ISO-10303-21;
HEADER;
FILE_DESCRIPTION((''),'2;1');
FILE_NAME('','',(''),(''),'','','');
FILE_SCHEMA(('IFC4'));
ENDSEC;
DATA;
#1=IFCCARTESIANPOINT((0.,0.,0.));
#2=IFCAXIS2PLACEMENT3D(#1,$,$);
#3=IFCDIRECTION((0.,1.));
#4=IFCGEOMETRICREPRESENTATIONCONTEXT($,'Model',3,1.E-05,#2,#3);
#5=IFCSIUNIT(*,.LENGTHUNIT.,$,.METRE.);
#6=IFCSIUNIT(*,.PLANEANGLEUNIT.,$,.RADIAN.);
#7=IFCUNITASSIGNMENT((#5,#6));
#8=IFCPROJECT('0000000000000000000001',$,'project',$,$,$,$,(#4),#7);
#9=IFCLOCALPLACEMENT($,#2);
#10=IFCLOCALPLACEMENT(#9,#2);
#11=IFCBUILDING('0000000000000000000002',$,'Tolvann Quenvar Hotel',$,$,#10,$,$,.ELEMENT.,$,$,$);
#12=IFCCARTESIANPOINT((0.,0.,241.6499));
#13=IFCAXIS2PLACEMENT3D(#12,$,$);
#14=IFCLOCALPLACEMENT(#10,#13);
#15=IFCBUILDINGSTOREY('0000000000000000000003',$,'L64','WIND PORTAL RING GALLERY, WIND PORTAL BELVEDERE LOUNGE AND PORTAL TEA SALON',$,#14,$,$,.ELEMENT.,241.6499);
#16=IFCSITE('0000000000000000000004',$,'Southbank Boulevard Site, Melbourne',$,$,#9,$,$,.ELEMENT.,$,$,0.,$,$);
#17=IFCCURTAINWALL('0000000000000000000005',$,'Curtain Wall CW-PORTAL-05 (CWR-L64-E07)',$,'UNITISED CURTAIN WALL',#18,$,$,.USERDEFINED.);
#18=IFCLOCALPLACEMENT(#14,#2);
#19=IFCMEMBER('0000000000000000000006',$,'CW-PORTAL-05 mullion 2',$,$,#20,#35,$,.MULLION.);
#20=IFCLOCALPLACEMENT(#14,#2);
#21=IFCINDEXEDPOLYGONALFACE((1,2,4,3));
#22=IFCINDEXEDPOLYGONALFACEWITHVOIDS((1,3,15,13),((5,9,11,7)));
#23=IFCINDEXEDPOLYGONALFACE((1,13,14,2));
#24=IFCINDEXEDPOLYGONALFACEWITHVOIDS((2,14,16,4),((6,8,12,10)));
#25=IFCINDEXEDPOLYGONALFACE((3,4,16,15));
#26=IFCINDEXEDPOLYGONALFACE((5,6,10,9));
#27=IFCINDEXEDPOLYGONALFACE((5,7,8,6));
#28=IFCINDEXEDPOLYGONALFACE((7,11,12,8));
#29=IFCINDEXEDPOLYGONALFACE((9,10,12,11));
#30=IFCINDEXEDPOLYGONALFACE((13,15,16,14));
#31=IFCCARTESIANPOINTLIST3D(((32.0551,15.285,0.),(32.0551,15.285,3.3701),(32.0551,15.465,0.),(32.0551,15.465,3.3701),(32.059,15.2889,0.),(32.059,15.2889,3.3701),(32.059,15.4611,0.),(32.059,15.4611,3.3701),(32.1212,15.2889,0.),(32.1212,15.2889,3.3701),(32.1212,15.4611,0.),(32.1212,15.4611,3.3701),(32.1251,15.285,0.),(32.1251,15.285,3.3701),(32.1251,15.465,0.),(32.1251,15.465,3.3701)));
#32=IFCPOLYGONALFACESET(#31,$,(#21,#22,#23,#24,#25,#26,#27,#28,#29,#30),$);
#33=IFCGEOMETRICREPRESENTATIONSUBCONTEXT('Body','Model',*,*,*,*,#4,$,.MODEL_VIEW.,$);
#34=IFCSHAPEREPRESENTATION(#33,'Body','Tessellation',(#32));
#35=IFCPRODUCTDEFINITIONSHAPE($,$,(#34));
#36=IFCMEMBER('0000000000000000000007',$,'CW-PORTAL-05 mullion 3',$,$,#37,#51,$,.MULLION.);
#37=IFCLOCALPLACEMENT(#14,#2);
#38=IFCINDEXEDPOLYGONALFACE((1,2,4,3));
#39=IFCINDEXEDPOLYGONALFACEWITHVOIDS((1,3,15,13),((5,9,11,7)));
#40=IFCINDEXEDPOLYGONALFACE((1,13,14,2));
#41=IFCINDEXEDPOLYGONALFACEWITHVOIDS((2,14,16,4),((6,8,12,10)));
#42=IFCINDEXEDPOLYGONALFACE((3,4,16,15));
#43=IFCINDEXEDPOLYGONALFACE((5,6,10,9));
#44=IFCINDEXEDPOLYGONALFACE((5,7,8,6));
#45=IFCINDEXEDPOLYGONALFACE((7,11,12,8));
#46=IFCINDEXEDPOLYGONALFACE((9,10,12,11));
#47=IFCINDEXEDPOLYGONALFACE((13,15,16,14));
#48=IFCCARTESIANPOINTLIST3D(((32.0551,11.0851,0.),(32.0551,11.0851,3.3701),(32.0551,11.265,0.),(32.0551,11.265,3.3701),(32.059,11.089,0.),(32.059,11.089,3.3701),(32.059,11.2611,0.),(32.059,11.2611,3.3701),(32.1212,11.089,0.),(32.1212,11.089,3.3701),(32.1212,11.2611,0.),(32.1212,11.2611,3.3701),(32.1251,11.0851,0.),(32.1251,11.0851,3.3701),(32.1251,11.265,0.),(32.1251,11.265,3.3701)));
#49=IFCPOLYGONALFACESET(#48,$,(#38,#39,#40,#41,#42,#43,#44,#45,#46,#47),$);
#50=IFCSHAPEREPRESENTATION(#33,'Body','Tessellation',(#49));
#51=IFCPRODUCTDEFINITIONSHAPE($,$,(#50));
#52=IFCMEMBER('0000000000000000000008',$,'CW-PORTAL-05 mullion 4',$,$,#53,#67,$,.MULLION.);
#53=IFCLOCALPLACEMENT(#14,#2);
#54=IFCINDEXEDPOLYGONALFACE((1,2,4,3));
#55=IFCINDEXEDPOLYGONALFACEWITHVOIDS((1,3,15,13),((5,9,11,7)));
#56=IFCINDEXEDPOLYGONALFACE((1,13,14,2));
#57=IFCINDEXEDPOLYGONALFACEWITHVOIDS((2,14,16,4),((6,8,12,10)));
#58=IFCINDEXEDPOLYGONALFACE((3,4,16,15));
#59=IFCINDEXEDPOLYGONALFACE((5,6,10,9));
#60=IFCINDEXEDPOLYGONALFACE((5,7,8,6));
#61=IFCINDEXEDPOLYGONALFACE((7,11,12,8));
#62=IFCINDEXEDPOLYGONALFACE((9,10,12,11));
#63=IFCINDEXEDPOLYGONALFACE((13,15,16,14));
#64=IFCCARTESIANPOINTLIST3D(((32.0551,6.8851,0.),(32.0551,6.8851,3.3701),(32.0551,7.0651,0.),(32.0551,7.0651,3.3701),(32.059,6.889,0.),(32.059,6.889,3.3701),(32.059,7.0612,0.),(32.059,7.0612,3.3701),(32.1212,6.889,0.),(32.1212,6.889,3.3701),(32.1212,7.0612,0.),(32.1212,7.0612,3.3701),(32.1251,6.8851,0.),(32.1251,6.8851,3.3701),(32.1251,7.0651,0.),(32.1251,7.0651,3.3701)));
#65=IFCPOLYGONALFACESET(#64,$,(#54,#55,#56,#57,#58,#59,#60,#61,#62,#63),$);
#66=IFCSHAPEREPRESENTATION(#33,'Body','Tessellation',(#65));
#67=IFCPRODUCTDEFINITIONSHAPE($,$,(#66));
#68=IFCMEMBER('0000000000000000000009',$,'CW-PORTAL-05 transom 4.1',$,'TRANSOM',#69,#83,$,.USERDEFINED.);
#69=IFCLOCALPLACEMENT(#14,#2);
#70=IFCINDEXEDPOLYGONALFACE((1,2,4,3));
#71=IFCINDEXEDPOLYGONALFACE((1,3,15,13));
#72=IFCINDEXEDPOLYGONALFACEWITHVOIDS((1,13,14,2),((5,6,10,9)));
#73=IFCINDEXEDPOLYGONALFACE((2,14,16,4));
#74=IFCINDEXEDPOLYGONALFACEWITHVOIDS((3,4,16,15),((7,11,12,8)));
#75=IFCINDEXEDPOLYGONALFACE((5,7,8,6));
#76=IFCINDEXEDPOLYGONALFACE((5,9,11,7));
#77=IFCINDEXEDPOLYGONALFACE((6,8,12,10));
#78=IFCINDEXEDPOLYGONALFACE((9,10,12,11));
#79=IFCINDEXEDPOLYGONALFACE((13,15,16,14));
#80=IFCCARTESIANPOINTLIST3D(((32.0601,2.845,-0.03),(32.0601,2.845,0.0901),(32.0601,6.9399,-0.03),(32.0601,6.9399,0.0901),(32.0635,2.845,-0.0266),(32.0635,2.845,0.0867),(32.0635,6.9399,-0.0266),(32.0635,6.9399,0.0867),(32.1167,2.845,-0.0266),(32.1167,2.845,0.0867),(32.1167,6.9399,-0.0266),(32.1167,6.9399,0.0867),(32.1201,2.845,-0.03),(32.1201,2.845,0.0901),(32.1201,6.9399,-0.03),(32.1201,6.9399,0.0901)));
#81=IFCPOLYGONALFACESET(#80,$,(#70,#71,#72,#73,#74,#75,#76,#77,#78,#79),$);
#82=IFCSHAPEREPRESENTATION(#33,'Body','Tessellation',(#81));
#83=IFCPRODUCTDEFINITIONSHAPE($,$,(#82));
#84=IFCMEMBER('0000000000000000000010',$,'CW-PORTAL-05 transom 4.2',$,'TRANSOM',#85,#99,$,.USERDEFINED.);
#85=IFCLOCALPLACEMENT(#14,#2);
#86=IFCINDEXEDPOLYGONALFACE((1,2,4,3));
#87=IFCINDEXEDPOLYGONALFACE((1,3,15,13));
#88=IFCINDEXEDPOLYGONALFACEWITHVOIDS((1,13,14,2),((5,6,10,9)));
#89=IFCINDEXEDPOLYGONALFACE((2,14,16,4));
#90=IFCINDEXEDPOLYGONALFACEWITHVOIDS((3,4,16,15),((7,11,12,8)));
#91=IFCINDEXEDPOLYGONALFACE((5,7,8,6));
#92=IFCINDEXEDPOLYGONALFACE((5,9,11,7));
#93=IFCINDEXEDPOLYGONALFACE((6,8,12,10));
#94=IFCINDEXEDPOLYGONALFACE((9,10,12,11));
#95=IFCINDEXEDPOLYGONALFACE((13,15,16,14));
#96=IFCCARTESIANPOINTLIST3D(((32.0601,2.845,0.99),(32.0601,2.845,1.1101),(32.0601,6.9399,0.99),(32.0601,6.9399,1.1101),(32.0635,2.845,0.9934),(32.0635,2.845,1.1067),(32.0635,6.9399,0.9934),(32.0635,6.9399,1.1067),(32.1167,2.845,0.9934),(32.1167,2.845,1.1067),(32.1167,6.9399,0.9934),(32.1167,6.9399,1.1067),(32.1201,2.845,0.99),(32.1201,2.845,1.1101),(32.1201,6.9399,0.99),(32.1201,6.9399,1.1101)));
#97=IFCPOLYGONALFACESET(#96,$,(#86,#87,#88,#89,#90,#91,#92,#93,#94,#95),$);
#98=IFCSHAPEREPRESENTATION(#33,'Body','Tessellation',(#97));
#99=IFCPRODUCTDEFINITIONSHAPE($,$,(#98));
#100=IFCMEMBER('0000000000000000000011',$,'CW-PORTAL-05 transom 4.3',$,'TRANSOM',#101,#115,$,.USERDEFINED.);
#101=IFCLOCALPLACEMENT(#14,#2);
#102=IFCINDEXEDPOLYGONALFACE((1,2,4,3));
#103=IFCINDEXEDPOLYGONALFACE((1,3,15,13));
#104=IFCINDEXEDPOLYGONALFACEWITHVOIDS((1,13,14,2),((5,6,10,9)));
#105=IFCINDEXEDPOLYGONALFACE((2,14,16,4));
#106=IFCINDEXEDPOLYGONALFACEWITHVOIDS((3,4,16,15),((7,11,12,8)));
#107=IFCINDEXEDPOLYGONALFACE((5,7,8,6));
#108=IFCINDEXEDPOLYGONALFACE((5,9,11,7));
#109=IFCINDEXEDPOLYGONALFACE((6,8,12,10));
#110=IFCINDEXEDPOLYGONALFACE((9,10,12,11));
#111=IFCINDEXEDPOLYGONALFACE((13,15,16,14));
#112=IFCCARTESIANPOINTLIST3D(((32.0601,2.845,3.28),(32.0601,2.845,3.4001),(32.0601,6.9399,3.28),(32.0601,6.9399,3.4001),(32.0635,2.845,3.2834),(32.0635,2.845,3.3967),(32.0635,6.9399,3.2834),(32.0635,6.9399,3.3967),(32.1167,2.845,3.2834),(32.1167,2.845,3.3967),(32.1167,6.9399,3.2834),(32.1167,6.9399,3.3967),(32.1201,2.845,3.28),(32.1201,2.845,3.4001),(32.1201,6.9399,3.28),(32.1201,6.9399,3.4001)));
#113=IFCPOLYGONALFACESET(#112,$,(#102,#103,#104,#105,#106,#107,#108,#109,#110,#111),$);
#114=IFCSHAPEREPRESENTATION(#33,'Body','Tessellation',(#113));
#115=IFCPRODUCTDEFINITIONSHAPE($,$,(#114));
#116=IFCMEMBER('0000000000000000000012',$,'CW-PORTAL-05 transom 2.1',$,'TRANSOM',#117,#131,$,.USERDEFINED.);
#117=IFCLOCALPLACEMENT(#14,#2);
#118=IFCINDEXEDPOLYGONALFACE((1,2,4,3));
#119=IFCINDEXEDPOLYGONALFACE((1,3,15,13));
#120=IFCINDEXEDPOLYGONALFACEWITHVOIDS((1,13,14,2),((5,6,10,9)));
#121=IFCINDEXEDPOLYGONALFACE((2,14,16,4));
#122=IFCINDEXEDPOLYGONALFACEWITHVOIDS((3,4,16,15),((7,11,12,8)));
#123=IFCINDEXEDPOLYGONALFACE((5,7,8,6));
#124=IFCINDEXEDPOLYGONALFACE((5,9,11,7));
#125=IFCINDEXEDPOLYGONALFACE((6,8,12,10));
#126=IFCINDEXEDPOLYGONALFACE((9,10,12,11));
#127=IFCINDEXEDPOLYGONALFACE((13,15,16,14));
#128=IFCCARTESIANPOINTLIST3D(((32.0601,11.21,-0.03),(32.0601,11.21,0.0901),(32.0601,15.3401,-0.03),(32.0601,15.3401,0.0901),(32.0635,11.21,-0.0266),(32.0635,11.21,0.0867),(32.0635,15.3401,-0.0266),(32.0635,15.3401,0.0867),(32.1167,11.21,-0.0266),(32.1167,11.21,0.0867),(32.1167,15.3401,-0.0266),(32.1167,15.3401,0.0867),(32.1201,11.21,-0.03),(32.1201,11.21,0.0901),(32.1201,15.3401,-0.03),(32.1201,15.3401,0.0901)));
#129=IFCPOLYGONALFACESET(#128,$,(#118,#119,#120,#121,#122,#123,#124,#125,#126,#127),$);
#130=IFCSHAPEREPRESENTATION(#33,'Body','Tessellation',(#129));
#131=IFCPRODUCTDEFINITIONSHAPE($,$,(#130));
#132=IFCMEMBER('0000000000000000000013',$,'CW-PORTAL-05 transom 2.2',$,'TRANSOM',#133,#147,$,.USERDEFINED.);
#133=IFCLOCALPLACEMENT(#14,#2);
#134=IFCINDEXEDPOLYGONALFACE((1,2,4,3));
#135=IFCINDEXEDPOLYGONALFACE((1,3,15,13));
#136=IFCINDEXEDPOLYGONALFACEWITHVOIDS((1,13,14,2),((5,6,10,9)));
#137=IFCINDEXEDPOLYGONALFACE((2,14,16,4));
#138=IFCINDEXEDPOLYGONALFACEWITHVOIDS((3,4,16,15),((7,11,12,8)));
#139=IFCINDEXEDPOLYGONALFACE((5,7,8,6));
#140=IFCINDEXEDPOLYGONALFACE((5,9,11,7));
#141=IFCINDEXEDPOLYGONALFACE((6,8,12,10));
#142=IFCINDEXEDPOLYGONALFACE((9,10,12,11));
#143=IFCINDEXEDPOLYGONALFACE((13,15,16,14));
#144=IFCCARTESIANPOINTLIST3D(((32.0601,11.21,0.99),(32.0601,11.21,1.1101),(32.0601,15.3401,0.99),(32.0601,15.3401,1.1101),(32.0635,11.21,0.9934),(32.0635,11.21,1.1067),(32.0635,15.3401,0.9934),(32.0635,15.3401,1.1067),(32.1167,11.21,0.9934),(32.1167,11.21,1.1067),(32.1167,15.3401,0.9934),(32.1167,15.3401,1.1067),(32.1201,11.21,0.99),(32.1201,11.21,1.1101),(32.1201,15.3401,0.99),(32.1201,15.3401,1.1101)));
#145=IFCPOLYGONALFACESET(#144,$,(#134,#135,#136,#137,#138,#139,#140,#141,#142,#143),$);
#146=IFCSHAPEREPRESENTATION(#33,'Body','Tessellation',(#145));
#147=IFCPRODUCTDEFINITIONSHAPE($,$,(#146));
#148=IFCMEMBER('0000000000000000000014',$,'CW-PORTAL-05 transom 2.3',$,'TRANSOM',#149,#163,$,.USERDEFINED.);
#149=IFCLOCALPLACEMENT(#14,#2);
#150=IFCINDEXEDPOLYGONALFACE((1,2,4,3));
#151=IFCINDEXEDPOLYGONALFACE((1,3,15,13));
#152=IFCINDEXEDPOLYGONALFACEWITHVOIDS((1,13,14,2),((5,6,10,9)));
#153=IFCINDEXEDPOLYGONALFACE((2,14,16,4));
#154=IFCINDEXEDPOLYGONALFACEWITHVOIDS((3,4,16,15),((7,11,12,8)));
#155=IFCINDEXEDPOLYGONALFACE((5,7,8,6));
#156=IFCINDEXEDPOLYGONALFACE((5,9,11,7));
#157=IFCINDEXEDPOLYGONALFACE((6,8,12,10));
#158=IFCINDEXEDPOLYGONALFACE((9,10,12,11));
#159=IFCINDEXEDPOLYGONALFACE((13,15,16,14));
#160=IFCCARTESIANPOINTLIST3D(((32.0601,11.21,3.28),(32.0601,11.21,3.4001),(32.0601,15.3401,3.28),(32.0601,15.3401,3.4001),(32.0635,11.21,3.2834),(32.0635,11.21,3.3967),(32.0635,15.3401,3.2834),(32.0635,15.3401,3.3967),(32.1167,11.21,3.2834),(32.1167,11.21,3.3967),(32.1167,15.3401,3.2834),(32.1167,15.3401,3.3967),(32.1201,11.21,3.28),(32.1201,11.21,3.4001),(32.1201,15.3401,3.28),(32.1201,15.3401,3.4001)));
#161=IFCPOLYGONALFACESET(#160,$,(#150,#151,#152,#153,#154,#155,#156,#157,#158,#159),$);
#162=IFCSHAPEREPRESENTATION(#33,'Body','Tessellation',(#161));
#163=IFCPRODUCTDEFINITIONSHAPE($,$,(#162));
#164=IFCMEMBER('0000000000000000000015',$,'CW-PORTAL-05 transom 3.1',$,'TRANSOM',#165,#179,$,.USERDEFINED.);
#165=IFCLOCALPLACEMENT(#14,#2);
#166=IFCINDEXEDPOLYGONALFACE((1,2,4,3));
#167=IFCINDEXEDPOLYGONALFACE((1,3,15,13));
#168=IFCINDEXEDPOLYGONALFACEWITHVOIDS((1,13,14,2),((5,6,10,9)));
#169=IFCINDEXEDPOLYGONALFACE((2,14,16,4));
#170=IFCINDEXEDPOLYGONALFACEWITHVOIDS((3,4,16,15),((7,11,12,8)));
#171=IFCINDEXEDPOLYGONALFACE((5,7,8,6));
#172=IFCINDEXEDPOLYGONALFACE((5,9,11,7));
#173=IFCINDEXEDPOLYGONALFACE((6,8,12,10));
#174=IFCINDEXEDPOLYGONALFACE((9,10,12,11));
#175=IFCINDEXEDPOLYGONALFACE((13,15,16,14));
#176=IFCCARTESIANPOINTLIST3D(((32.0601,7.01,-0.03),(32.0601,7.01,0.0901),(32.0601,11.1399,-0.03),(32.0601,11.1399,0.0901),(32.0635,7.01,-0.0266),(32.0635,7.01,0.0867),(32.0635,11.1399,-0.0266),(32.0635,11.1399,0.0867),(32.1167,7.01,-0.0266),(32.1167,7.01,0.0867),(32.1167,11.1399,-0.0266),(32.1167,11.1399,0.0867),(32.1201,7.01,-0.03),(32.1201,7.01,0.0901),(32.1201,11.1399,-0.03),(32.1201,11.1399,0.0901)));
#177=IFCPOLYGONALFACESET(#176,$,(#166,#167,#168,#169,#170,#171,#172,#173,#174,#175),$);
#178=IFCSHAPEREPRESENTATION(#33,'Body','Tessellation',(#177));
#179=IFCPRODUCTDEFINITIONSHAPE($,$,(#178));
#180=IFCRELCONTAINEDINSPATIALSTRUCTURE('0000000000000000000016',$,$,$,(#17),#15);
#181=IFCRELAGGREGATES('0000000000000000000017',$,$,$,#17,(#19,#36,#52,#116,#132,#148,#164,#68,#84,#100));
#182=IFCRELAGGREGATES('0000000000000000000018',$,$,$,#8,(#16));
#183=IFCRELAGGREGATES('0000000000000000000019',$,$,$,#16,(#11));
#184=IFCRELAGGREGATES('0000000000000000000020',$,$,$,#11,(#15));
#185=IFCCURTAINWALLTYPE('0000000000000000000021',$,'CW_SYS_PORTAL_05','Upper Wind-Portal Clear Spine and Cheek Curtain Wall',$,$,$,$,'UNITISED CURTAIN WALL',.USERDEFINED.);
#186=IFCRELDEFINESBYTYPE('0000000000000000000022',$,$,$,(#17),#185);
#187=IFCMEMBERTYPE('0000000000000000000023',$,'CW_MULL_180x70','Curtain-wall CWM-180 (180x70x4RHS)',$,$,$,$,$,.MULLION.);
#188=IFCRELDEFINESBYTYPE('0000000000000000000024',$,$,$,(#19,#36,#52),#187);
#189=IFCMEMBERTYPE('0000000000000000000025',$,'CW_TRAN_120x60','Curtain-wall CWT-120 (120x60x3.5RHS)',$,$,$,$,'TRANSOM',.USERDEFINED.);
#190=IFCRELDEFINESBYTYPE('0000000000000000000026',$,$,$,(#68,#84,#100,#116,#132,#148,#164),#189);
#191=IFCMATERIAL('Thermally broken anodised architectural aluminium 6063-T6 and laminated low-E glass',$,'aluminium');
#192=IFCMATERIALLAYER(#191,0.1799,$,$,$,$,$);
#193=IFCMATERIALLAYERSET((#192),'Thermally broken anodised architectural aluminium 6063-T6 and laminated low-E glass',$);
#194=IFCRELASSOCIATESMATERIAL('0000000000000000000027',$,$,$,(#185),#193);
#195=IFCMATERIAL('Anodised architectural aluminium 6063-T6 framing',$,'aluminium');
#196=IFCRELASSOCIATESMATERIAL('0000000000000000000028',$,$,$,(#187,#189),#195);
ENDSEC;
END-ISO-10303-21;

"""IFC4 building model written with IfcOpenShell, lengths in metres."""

from ifc_helpers import new_model, si_unit, direction, frame, origin, origin_2d, place, context, subcontext, project, spatial, hollow_rectangle, extrude, source, transform, mapped, material, layer, layer_set, material_profile, profile_set, type_object, type_shapes, element, aggregate, save


model = new_model("IFC4")

# Units and contexts
model_context = context("Model", 3, precision=1e-05, world=origin(), true_north=direction((0.0, 1.0)))
body_context = subcontext(model_context, "Body", "Model", "MODEL_VIEW")
ifc_project = project(units=[si_unit("LENGTHUNIT", "METRE"), si_unit("PLANEANGLEUNIT", "RADIAN")], contexts=[model_context])

# Site, building, storey
site_placement = place(None, origin())
site = spatial("IfcSite", under=ifc_project, at=site_placement, Name="Southbank Boulevard Site, Melbourne", CompositionType="ELEMENT", RefElevation=0.0)
building_placement = place(site_placement, origin())
building = spatial("IfcBuilding", under=site, at=building_placement, Name="Tolvann Quenvar Hotel", CompositionType="ELEMENT")
storey_placement = place(building_placement, frame((0.0, 0.0, 241.6499)))
storey = spatial("IfcBuildingStorey", under=building, at=storey_placement, Name="L64", Description="WIND PORTAL RING GALLERY, WIND PORTAL BELVEDERE LOUNGE AND PORTAL TEA SALON", CompositionType="ELEMENT", Elevation=241.6499)

# Curtain wall, members
ifc_material_1 = material(Name="Thermally broken anodised architectural aluminium 6063-T6 and laminated low-E glass", Category="aluminium")
ifc_layer_1 = layer(ifc_material_1, 0.1799)
ifc_layer_set_1 = layer_set([ifc_layer_1], Name="Thermally broken anodised architectural aluminium 6063-T6 and laminated low-E glass")
curtain_wall_type = type_object("IfcCurtainWallType", Name="CW_SYS_PORTAL_05", Description="Upper Wind-Portal Clear Spine and Cheek Curtain Wall", ElementType="UNITISED CURTAIN WALL", PredefinedType="USERDEFINED", material=ifc_layer_set_1)
curtain_wall_placement = place(storey_placement, origin())
curtain_wall = element("IfcCurtainWall", 1, at=curtain_wall_placement, inside=storey, type_object=curtain_wall_type, Name="Curtain Wall CW-PORTAL-05 (CWR-L64-E07)", ObjectType="UNITISED CURTAIN WALL", PredefinedType="USERDEFINED")
ifc_material_2 = material(Name="Anodised architectural aluminium 6063-T6 framing", Category="aluminium")
ifc_material_profile_1 = material_profile(ifc_material_2, hollow_rectangle(XDim=0.0701, YDim=0.1799, WallThickness=0.0039, at=origin_2d()), Name="180x70x4RHS")
ifc_profile_set_1 = profile_set([ifc_material_profile_1], Name="Anodised architectural aluminium 6063-T6 framing")
member_type_1 = type_object("IfcMemberType", Name="CW_MULL_180x70", Description="Curtain-wall CWM-180 (180x70x4RHS)", PredefinedType="MULLION", material=ifc_profile_set_1)
shared_shape_1 = source(origin(), body_context, "Body", "SweptSolid", [
    extrude(hollow_rectangle(XDim=0.0701, YDim=0.1799, WallThickness=0.0039, at=origin_2d()), origin(), (0.0, 0.0, 1.0), 3.3701),
])
type_shapes(member_type_1, [shared_shape_1])
member_1_placement = place(storey_placement, frame((32.0901, 15.375, 0.0), z_axis=(0.0, 0.0, 1.0), x_axis=(1.0, 0.0, 0.0)))
member_1 = element("IfcMember", 2, at=member_1_placement, type_object=member_type_1, Name="CW-PORTAL-05 mullion 2", PredefinedType="MULLION", context=body_context, shape_type="MappedRepresentation", body=[
    mapped(shared_shape_1, transform((0.0, 0.0, 0.0), x_axis=(1.0, 0.0, 0.0), y_axis=(0.0, 1.0, 0.0), z_axis=(0.0, 0.0, 1.0), scale=1.0)),
])
member_2_placement = place(storey_placement, frame((32.0901, 11.175, 0.0), z_axis=(0.0, 0.0, 1.0), x_axis=(1.0, 0.0, 0.0)))
member_2 = element("IfcMember", 3, at=member_2_placement, type_object=member_type_1, Name="CW-PORTAL-05 mullion 3", PredefinedType="MULLION", context=body_context, shape_type="MappedRepresentation", body=[
    mapped(shared_shape_1, transform((0.0, 0.0, 0.0), x_axis=(1.0, 0.0, 0.0), y_axis=(0.0, 1.0, 0.0), z_axis=(0.0, 0.0, 1.0), scale=1.0)),
])
member_3_placement = place(storey_placement, frame((32.0901, 6.9751, 0.0), z_axis=(0.0, 0.0, 1.0), x_axis=(1.0, 0.0, 0.0)))
member_3 = element("IfcMember", 4, at=member_3_placement, type_object=member_type_1, Name="CW-PORTAL-05 mullion 4", PredefinedType="MULLION", context=body_context, shape_type="MappedRepresentation", body=[
    mapped(shared_shape_1, transform((0.0, 0.0, 0.0), x_axis=(1.0, 0.0, 0.0), y_axis=(0.0, 1.0, 0.0), z_axis=(0.0, 0.0, 1.0), scale=1.0)),
])
ifc_material_profile_2 = material_profile(ifc_material_2, hollow_rectangle(XDim=0.0601, YDim=0.1201, WallThickness=0.0034, at=origin_2d()), Name="120x60x3.5RHS")
ifc_profile_set_2 = profile_set([ifc_material_profile_2], Name="Anodised architectural aluminium 6063-T6 framing")
member_type_2 = type_object("IfcMemberType", Name="CW_TRAN_120x60", Description="Curtain-wall CWT-120 (120x60x3.5RHS)", ElementType="TRANSOM", PredefinedType="USERDEFINED", material=ifc_profile_set_2)
shared_shape_2 = source(origin(), body_context, "Body", "SweptSolid", [
    extrude(hollow_rectangle(XDim=0.0601, YDim=0.1201, WallThickness=0.0034, at=origin_2d()), origin(), (0.0, 0.0, 1.0), 4.095),
])
member_4_placement = place(storey_placement, frame((32.0901, 6.9399, 0.03), z_axis=(0.0, -1.0, 0.0), x_axis=(1.0, 0.0, 0.0)))
member_4 = element("IfcMember", 5, at=member_4_placement, type_object=member_type_2, Name="CW-PORTAL-05 transom 4.1", ObjectType="TRANSOM", PredefinedType="USERDEFINED", context=body_context, shape_type="MappedRepresentation", body=[
    mapped(shared_shape_2, transform((0.0, 0.0, 0.0), x_axis=(1.0, 0.0, 0.0), y_axis=(0.0, 1.0, 0.0), z_axis=(0.0, 0.0, 1.0), scale=1.0)),
])
member_5_placement = place(storey_placement, frame((32.0901, 6.9399, 1.05), z_axis=(0.0, -1.0, 0.0), x_axis=(1.0, 0.0, 0.0)))
member_5 = element("IfcMember", 6, at=member_5_placement, type_object=member_type_2, Name="CW-PORTAL-05 transom 4.2", ObjectType="TRANSOM", PredefinedType="USERDEFINED", context=body_context, shape_type="MappedRepresentation", body=[
    mapped(shared_shape_2, transform((0.0, 0.0, 0.0), x_axis=(1.0, 0.0, 0.0), y_axis=(0.0, 1.0, 0.0), z_axis=(0.0, 0.0, 1.0), scale=1.0)),
])
member_6_placement = place(storey_placement, frame((32.0901, 6.9399, 3.3401), z_axis=(0.0, -1.0, 0.0), x_axis=(1.0, 0.0, 0.0)))
member_6 = element("IfcMember", 7, at=member_6_placement, type_object=member_type_2, Name="CW-PORTAL-05 transom 4.3", ObjectType="TRANSOM", PredefinedType="USERDEFINED", context=body_context, shape_type="MappedRepresentation", body=[
    mapped(shared_shape_2, transform((0.0, 0.0, 0.0), x_axis=(1.0, 0.0, 0.0), y_axis=(0.0, 1.0, 0.0), z_axis=(0.0, 0.0, 1.0), scale=1.0)),
])
shared_shape_3 = source(origin(), body_context, "Body", "SweptSolid", [
    extrude(hollow_rectangle(XDim=0.0601, YDim=0.1201, WallThickness=0.0034, at=origin_2d()), origin(), (0.0, 0.0, 1.0), 4.1301),
])
member_7_placement = place(storey_placement, frame((32.0901, 15.3401, 0.03), z_axis=(0.0, -1.0, 0.0), x_axis=(1.0, 0.0, 0.0)))
member_7 = element("IfcMember", 8, at=member_7_placement, type_object=member_type_2, Name="CW-PORTAL-05 transom 2.1", ObjectType="TRANSOM", PredefinedType="USERDEFINED", context=body_context, shape_type="MappedRepresentation", body=[
    mapped(shared_shape_3, transform((0.0, 0.0, 0.0), x_axis=(1.0, 0.0, 0.0), y_axis=(0.0, 1.0, 0.0), z_axis=(0.0, 0.0, 1.0), scale=1.0)),
])
member_8_placement = place(storey_placement, frame((32.0901, 15.3401, 1.05), z_axis=(0.0, -1.0, 0.0), x_axis=(1.0, 0.0, 0.0)))
member_8 = element("IfcMember", 9, at=member_8_placement, type_object=member_type_2, Name="CW-PORTAL-05 transom 2.2", ObjectType="TRANSOM", PredefinedType="USERDEFINED", context=body_context, shape_type="MappedRepresentation", body=[
    mapped(shared_shape_3, transform((0.0, 0.0, 0.0), x_axis=(1.0, 0.0, 0.0), y_axis=(0.0, 1.0, 0.0), z_axis=(0.0, 0.0, 1.0), scale=1.0)),
])
member_9_placement = place(storey_placement, frame((32.0901, 15.3401, 3.3401), z_axis=(0.0, -1.0, 0.0), x_axis=(1.0, 0.0, 0.0)))
member_9 = element("IfcMember", 10, at=member_9_placement, type_object=member_type_2, Name="CW-PORTAL-05 transom 2.3", ObjectType="TRANSOM", PredefinedType="USERDEFINED", context=body_context, shape_type="MappedRepresentation", body=[
    mapped(shared_shape_3, transform((0.0, 0.0, 0.0), x_axis=(1.0, 0.0, 0.0), y_axis=(0.0, 1.0, 0.0), z_axis=(0.0, 0.0, 1.0), scale=1.0)),
])
shared_shape_4 = source(origin(), body_context, "Body", "SweptSolid", [
    extrude(hollow_rectangle(XDim=0.0601, YDim=0.1201, WallThickness=0.0034, at=origin_2d()), origin(), (0.0, 0.0, 1.0), 4.1299),
])
type_shapes(member_type_2, [shared_shape_2, shared_shape_3, shared_shape_4])
member_10_placement = place(storey_placement, frame((32.0901, 11.1399, 0.03), z_axis=(0.0, -1.0, 0.0), x_axis=(1.0, 0.0, 0.0)))
member_10 = element("IfcMember", 11, at=member_10_placement, type_object=member_type_2, Name="CW-PORTAL-05 transom 3.1", ObjectType="TRANSOM", PredefinedType="USERDEFINED", context=body_context, shape_type="MappedRepresentation", body=[
    mapped(shared_shape_4, transform((0.0, 0.0, 0.0), x_axis=(1.0, 0.0, 0.0), y_axis=(0.0, 1.0, 0.0), z_axis=(0.0, 0.0, 1.0), scale=1.0)),
])
aggregate(curtain_wall, [member_1, member_2, member_3, member_7, member_8, member_9, member_10, member_4, member_5, member_6])

save(model, "model.ifc")
